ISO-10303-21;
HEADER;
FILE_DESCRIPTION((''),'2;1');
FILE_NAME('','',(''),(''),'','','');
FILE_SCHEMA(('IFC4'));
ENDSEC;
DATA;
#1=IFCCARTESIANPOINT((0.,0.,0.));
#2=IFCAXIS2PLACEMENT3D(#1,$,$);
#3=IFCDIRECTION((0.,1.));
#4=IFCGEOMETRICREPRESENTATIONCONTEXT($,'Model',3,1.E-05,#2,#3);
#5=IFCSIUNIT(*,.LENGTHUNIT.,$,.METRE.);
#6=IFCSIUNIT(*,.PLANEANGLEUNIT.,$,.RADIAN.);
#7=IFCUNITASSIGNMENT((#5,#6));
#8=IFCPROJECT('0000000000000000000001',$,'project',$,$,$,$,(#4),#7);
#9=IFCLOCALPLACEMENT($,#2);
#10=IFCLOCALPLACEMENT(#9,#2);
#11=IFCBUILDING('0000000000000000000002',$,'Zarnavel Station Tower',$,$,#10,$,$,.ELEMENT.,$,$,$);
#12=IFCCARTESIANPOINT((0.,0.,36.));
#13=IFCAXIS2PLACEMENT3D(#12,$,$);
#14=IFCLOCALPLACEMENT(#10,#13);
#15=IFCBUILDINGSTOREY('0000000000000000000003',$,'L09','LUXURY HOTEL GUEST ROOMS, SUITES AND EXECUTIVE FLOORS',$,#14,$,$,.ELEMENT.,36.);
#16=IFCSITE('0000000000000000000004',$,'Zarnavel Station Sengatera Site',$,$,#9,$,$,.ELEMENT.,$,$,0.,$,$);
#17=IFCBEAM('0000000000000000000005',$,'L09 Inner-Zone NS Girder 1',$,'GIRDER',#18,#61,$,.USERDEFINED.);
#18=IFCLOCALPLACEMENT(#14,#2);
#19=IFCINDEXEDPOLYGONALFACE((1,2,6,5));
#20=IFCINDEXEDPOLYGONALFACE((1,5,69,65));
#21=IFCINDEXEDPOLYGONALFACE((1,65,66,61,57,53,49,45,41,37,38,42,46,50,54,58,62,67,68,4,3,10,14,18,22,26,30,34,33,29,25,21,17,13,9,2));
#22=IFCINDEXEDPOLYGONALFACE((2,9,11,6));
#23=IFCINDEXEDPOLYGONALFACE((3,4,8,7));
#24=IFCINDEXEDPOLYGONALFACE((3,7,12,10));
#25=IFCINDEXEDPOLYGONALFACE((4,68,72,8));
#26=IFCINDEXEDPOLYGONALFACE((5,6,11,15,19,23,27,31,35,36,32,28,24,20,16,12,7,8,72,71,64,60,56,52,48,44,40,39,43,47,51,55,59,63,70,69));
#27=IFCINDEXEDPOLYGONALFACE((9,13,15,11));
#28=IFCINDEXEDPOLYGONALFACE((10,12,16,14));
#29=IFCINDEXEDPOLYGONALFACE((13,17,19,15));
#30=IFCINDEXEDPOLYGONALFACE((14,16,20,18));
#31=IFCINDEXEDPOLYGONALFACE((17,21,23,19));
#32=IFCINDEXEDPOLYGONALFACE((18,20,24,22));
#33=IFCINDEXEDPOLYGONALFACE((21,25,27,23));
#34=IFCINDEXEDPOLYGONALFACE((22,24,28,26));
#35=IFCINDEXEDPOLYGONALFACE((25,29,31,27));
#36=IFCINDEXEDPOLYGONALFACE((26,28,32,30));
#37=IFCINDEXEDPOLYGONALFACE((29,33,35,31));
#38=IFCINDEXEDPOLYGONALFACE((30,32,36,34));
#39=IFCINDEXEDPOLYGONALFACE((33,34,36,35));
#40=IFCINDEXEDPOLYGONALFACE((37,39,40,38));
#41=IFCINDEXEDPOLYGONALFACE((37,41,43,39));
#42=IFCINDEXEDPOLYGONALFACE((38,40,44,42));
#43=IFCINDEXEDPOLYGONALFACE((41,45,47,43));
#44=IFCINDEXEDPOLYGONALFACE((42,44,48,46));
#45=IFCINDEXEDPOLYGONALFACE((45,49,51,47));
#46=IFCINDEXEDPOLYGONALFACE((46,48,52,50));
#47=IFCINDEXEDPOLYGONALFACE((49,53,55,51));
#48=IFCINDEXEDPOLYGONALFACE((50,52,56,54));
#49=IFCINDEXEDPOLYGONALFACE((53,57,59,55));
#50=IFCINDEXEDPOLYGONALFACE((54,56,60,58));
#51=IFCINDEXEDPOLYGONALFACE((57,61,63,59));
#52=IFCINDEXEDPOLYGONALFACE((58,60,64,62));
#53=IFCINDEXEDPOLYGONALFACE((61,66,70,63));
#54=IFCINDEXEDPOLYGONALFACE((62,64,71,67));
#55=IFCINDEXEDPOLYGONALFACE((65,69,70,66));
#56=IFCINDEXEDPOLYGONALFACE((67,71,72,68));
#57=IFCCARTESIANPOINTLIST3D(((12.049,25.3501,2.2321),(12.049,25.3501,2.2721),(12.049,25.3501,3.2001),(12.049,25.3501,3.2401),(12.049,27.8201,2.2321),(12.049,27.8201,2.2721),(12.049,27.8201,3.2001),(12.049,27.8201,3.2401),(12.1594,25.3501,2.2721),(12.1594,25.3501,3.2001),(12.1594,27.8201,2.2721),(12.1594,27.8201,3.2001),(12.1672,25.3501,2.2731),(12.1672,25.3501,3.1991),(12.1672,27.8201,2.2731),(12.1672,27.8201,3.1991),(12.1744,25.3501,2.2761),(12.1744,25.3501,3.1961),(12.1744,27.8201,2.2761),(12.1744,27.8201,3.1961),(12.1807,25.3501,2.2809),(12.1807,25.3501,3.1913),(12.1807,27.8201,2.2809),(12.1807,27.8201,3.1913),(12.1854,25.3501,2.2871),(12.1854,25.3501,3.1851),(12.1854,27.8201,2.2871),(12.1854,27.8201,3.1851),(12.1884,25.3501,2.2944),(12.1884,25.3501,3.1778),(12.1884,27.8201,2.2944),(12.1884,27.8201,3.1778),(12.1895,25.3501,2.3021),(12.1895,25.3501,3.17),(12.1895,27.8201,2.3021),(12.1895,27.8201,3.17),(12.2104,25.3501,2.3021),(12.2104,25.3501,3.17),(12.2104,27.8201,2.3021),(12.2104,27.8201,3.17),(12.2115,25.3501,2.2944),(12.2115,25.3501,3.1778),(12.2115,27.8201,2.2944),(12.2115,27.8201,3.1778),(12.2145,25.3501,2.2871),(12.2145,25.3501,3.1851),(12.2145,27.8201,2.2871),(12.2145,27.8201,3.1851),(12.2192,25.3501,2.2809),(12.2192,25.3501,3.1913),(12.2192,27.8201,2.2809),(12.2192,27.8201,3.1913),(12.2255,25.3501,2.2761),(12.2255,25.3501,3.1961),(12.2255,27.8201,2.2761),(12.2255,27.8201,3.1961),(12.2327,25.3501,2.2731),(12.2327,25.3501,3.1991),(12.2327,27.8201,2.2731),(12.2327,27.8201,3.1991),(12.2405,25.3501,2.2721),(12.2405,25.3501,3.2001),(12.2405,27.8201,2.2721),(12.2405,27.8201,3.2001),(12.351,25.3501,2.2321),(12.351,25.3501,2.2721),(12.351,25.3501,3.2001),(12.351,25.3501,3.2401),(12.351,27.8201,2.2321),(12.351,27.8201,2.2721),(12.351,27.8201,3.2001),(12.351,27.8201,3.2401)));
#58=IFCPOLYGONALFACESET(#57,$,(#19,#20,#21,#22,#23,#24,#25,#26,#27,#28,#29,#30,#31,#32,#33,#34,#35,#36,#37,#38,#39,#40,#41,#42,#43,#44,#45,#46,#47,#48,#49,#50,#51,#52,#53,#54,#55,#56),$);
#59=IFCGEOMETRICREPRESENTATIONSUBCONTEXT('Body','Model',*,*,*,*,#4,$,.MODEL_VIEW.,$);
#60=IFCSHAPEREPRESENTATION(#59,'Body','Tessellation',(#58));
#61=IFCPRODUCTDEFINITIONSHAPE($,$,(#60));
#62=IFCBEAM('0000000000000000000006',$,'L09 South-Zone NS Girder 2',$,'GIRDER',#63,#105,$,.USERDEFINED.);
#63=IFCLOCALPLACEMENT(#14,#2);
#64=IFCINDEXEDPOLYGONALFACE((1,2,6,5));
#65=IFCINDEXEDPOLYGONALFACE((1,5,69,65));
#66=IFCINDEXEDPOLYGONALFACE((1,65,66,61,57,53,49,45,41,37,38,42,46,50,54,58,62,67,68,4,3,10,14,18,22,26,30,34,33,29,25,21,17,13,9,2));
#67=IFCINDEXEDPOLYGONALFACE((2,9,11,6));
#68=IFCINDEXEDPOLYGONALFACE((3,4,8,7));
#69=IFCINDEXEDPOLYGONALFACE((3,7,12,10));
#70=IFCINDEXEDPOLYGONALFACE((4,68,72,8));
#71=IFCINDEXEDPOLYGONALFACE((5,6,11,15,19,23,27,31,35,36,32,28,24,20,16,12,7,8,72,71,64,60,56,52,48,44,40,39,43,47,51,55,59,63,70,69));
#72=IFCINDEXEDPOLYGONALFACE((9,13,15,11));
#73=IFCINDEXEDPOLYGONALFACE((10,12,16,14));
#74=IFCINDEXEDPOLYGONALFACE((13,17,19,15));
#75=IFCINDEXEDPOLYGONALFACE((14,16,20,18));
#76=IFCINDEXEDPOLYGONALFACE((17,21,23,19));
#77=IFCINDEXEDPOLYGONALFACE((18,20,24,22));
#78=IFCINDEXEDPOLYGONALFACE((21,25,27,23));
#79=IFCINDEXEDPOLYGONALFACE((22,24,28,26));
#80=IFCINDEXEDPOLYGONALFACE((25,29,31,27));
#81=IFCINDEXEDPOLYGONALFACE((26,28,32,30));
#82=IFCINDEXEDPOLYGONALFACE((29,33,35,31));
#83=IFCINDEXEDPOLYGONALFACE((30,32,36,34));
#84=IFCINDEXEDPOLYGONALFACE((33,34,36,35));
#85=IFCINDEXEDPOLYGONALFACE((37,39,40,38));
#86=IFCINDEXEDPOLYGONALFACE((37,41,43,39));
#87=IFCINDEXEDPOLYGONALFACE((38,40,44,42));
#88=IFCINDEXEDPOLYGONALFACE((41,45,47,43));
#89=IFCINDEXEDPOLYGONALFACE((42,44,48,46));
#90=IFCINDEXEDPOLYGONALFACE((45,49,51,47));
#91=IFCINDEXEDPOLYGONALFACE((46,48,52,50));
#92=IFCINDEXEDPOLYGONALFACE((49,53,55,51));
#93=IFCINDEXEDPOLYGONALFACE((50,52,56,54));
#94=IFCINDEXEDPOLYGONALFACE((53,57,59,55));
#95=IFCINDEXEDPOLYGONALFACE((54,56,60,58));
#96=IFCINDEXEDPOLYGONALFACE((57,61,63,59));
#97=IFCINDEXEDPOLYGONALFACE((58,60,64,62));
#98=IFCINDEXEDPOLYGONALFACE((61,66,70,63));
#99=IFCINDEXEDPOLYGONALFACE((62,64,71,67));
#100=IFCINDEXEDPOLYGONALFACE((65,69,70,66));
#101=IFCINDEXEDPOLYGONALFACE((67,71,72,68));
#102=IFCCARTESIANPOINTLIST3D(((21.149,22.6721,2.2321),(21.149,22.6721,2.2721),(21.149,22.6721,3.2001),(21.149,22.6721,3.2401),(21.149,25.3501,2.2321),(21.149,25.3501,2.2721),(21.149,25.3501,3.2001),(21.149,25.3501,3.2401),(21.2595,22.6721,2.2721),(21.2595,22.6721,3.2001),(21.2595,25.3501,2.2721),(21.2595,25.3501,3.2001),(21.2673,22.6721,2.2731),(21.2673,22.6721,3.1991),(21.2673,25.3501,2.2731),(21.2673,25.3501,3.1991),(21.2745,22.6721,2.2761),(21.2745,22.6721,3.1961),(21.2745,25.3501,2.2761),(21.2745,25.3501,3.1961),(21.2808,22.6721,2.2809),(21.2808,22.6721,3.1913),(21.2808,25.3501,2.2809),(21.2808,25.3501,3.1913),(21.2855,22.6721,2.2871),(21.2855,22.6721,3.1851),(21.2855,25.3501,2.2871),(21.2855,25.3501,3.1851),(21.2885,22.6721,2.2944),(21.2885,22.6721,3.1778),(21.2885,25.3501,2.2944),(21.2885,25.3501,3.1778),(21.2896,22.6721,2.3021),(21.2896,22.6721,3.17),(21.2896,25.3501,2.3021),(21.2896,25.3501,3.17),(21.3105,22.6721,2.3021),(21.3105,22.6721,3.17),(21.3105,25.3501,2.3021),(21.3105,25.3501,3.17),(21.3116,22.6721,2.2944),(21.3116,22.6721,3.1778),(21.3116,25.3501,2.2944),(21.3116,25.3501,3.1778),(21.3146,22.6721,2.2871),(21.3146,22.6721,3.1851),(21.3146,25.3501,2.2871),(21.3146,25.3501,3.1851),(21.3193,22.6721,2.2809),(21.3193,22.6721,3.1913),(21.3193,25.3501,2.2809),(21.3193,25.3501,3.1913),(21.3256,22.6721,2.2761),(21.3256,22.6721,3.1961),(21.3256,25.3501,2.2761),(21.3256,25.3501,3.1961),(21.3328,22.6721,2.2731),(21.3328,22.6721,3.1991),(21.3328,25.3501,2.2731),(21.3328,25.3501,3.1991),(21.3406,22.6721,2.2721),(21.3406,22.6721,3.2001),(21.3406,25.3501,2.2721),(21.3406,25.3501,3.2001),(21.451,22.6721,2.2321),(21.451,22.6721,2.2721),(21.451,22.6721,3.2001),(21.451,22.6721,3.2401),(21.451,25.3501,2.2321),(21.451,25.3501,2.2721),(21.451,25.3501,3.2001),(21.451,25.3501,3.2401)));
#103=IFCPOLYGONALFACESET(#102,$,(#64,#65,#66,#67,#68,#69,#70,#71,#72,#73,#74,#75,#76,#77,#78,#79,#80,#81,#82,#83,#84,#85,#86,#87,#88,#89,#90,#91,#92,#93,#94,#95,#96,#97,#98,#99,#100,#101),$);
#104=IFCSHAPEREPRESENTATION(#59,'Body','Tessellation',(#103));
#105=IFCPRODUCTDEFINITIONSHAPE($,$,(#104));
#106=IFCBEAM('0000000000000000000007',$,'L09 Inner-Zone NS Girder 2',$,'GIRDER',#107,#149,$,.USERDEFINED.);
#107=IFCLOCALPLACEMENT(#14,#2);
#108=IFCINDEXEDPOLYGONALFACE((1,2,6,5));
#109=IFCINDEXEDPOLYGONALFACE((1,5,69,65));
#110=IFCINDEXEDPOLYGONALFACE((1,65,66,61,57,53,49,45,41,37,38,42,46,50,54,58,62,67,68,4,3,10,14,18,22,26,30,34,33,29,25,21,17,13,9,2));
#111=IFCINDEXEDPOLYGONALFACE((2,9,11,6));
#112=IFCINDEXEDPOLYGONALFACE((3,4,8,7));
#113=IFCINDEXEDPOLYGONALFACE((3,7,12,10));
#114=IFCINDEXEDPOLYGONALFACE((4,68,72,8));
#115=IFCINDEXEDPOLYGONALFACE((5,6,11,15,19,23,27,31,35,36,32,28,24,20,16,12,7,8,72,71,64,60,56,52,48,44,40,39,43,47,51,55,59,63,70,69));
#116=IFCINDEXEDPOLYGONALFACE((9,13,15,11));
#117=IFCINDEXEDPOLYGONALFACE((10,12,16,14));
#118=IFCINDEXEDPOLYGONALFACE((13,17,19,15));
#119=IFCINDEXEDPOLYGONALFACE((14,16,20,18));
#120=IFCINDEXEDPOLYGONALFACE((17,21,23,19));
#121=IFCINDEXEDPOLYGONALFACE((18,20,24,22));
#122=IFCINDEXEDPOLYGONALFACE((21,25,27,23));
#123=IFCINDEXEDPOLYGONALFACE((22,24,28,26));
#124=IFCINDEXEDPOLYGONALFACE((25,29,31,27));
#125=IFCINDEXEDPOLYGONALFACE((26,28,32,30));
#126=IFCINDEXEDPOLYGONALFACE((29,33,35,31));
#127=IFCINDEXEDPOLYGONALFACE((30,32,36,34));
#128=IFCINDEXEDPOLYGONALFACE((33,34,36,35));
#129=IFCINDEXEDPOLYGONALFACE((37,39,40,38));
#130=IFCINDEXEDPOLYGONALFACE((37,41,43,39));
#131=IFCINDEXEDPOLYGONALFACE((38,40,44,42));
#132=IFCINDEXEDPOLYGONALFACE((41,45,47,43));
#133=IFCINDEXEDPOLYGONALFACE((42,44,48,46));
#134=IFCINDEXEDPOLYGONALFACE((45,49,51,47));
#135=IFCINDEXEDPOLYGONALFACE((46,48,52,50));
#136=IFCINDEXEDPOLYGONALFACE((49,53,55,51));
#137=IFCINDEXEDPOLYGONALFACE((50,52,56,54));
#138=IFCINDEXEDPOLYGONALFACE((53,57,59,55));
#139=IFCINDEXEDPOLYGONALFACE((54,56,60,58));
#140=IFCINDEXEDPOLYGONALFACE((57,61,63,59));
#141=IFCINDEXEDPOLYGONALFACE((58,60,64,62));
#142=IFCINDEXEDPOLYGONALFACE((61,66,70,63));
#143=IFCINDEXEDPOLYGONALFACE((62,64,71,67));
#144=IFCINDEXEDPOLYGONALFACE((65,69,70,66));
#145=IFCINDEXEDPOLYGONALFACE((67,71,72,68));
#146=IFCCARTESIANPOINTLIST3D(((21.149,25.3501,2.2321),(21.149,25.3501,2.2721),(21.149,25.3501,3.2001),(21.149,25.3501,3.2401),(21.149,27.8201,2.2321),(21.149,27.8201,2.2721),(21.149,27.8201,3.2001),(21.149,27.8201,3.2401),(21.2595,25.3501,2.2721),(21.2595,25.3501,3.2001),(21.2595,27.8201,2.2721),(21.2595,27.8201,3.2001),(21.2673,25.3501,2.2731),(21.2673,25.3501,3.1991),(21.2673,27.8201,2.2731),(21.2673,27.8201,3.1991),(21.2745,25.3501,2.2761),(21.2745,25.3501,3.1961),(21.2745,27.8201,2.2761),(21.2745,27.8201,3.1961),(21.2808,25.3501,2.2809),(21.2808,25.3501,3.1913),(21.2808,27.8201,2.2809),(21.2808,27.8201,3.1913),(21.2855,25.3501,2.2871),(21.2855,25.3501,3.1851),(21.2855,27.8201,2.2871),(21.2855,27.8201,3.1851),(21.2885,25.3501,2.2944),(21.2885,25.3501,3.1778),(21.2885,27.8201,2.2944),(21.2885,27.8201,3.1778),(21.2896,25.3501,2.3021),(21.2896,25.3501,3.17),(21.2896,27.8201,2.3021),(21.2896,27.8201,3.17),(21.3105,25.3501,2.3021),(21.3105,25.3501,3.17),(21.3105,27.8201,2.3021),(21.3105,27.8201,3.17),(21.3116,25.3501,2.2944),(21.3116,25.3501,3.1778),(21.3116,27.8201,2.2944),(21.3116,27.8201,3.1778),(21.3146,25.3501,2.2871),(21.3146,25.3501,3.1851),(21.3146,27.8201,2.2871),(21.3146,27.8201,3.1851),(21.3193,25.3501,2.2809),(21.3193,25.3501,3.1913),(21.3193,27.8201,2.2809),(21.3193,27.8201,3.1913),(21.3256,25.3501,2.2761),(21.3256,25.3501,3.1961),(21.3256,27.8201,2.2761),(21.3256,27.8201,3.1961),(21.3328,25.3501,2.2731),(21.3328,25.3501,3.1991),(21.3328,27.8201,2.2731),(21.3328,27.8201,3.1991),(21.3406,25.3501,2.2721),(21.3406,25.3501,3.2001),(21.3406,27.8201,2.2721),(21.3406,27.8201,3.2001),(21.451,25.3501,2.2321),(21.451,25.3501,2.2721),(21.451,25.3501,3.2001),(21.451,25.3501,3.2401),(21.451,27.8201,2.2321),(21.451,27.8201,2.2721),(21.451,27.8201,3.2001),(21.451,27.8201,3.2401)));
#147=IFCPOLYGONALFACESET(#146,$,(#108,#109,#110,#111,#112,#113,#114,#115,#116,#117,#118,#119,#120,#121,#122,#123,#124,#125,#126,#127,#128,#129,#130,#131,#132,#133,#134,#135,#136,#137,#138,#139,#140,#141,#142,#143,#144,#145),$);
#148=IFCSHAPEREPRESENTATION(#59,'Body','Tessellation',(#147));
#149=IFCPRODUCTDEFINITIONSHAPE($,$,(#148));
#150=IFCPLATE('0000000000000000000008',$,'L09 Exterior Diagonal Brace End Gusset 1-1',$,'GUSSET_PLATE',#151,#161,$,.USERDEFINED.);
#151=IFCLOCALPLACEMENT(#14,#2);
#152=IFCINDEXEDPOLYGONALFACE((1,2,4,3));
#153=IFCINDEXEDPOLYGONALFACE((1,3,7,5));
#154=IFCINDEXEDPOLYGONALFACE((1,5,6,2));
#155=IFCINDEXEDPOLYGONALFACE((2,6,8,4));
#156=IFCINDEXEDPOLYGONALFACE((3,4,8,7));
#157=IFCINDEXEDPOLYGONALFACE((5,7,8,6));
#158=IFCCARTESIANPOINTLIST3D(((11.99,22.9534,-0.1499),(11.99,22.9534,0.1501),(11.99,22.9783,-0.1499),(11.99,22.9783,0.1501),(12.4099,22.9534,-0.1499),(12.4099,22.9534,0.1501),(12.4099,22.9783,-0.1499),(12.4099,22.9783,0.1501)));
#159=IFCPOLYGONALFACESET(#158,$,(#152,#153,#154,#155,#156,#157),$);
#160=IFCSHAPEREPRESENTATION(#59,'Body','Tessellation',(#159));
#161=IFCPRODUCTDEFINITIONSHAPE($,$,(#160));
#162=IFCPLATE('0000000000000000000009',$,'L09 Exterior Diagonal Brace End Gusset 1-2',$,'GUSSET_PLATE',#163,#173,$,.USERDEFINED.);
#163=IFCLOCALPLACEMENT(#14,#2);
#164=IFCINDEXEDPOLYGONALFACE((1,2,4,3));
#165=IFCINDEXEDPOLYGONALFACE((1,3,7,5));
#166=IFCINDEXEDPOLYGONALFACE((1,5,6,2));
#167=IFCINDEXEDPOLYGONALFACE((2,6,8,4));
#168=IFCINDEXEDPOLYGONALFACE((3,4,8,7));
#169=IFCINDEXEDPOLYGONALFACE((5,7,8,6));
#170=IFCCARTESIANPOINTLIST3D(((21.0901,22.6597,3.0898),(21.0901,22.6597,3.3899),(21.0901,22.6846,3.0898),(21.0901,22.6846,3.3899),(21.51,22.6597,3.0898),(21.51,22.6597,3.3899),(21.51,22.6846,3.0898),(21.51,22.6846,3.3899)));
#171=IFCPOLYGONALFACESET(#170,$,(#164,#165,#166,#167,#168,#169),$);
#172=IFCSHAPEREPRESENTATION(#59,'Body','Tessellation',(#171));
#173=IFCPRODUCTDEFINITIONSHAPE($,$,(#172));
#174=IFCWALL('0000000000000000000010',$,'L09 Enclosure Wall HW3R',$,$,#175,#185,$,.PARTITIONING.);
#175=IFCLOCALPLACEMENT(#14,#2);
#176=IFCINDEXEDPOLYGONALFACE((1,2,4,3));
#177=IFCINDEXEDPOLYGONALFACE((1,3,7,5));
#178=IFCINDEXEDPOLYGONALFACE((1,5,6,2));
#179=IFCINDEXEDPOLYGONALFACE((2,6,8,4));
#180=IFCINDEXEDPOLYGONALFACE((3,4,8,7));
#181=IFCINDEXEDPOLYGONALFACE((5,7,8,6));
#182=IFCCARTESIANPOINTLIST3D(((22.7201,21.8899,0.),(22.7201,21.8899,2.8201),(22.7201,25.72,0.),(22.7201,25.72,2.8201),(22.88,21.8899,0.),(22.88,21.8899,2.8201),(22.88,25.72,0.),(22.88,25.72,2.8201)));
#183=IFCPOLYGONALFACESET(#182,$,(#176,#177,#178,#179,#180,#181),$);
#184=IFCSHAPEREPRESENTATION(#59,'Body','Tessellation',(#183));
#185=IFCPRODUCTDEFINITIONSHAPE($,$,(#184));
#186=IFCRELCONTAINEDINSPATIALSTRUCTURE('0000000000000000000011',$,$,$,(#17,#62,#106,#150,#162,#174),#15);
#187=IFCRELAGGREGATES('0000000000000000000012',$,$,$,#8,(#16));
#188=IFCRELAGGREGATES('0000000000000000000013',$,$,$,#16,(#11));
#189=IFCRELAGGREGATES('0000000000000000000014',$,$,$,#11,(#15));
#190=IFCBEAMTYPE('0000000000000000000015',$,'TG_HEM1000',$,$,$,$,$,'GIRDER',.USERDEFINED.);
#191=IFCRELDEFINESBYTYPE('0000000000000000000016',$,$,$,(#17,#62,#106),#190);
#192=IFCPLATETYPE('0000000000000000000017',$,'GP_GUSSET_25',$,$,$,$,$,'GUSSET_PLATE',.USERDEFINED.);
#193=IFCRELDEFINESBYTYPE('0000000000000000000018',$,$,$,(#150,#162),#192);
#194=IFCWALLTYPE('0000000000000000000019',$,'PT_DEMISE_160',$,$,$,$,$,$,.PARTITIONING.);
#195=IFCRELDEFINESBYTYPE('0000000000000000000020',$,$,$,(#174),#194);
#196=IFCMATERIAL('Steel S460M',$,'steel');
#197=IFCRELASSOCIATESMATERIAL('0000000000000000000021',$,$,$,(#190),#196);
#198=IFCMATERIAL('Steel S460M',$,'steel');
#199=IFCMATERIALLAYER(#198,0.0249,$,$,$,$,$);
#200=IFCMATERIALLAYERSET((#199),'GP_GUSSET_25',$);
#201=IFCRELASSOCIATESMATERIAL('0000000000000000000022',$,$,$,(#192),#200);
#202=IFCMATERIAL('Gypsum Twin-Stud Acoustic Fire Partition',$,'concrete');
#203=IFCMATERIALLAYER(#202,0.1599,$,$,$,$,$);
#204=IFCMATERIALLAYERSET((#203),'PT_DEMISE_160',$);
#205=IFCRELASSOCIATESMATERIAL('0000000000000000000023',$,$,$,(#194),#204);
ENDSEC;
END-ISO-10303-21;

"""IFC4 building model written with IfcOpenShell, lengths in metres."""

from ifc_helpers import new_model, si_unit, direction, frame, frame_2d, origin, origin_2d, place, context, subcontext, project, spatial, rectangle, i_section, extrude, material, layer, layer_set, material_profile, profile_set, type_object, element, save


model = new_model("IFC4")

# Units and contexts
model_context = context("Model", 3, precision=1e-05, world=origin(), true_north=direction((0.0, 1.0)))
body_context = subcontext(model_context, "Body", "Model", "MODEL_VIEW")
ifc_project = project(units=[si_unit("LENGTHUNIT", "METRE"), si_unit("PLANEANGLEUNIT", "RADIAN")], contexts=[model_context])

# Site, building, storey
site_placement = place(None, origin())
site = spatial("IfcSite", under=ifc_project, at=site_placement, Name="Zarnavel Station Sengatera Site", CompositionType="ELEMENT", RefElevation=0.0)
building_placement = place(site_placement, origin())
building = spatial("IfcBuilding", under=site, at=building_placement, Name="Zarnavel Station Tower", CompositionType="ELEMENT")
storey_placement = place(building_placement, frame((0.0, 0.0, 36.0)))
storey = spatial("IfcBuildingStorey", under=building, at=storey_placement, Name="L09", Description="LUXURY HOTEL GUEST ROOMS, SUITES AND EXECUTIVE FLOORS", CompositionType="ELEMENT", Elevation=36.0)

# Beams
ifc_material_1 = material(Name="Steel S460M", Category="steel")
ifc_material_profile_1 = material_profile(ifc_material_1, i_section(OverallWidth=0.302, OverallDepth=1.0081, WebThickness=0.021, FlangeThickness=0.04, FilletRadius=0.03, at=origin_2d()), Name="HEM1000")
ifc_profile_set_1 = profile_set([ifc_material_profile_1], Name="Steel S460M")
beam_type_1 = type_object("IfcBeamType", Name="TG_HEM1000", ElementType="GIRDER", PredefinedType="USERDEFINED", material=ifc_profile_set_1)
beam_1_placement = place(storey_placement, frame((12.2, 25.3501, 2.7361), z_axis=(0.0, 1.0, 0.0), x_axis=(-1.0, 0.0, 0.0)))
element("IfcBeam", 1, at=beam_1_placement, inside=storey, type_object=beam_type_1, Name="L09 Inner-Zone NS Girder 1", ObjectType="GIRDER", PredefinedType="USERDEFINED", context=body_context, shape_type="SweptSolid", body=[
    extrude(i_section(OverallWidth=0.302, OverallDepth=1.0081, WebThickness=0.021, FlangeThickness=0.04, FilletRadius=0.03, at=origin_2d()), origin(), (0.0, 0.0, 1.0), 2.47),
])
beam_2_placement = place(storey_placement, frame((21.3, 22.6721, 2.7361), z_axis=(0.0, 1.0, 0.0), x_axis=(-1.0, 0.0, 0.0)))
element("IfcBeam", 2, at=beam_2_placement, inside=storey, type_object=beam_type_1, Name="L09 South-Zone NS Girder 2", ObjectType="GIRDER", PredefinedType="USERDEFINED", context=body_context, shape_type="SweptSolid", body=[
    extrude(i_section(OverallWidth=0.302, OverallDepth=1.0081, WebThickness=0.021, FlangeThickness=0.04, FilletRadius=0.03, at=origin_2d()), origin(), (0.0, 0.0, 1.0), 2.678),
])
beam_3_placement = place(storey_placement, frame((21.3, 25.3501, 2.7361), z_axis=(0.0, 1.0, 0.0), x_axis=(-1.0, 0.0, 0.0)))
element("IfcBeam", 3, at=beam_3_placement, inside=storey, type_object=beam_type_1, Name="L09 Inner-Zone NS Girder 2", ObjectType="GIRDER", PredefinedType="USERDEFINED", context=body_context, shape_type="SweptSolid", body=[
    extrude(i_section(OverallWidth=0.302, OverallDepth=1.0081, WebThickness=0.021, FlangeThickness=0.04, FilletRadius=0.03, at=origin_2d()), origin(), (0.0, 0.0, 1.0), 2.47),
])

# Plates
ifc_material_2 = material(Name="Steel S460M", Category="steel")
ifc_layer_1 = layer(ifc_material_2, 0.0249)
ifc_layer_set_1 = layer_set([ifc_layer_1], Name="GP_GUSSET_25")
plate_type = type_object("IfcPlateType", Name="GP_GUSSET_25", ElementType="GUSSET_PLATE", PredefinedType="USERDEFINED", material=ifc_layer_set_1)
for number, where, z_axis, x_axis, name in (
    (4, (12.2, 22.9658, -0.1499), (0.0, 0.0, 1.0), (1.0, 0.0, 0.0), "L09 Exterior Diagonal Brace End Gusset 1-1"),
    (5, (21.3, 22.6721, 3.0898), (0.0, 0.0, 1.0), (1.0, 0.0, 0.0), "L09 Exterior Diagonal Brace End Gusset 1-2"),
):
    element("IfcPlate", number, at=place(storey_placement, frame(where, z_axis=z_axis, x_axis=x_axis)), inside=storey, type_object=plate_type, Name=name, ObjectType="GUSSET_PLATE", PredefinedType="USERDEFINED", context=body_context, shape_type="SweptSolid", body=[
        extrude(rectangle(XDim=0.4199, YDim=0.0249, at=origin_2d()), origin(), (0.0, 0.0, 1.0), 0.3),
    ])

# Wall
ifc_material_3 = material(Name="Gypsum Twin-Stud Acoustic Fire Partition", Category="concrete")
ifc_layer_2 = layer(ifc_material_3, 0.1599)
ifc_layer_set_2 = layer_set([ifc_layer_2], Name="PT_DEMISE_160")
wall_type_1 = type_object("IfcWallType", Name="PT_DEMISE_160", PredefinedType="PARTITIONING", material=ifc_layer_set_2)
wall_1_placement = place(storey_placement, frame((22.8, 21.8899, 0.0), z_axis=(0.0, 0.0, 1.0), x_axis=(0.0, 1.0, 0.0)))
element("IfcWall", 6, at=wall_1_placement, inside=storey, type_object=wall_type_1, Name="L09 Enclosure Wall HW3R", PredefinedType="PARTITIONING", context=body_context, shape_type="SweptSolid", body=[
    extrude(rectangle(XDim=3.8301, YDim=0.1599, at=frame_2d((1.915, 0.0))), origin(), (0.0, 0.0, 1.0), 2.8201),
])

save(model, "model.ifc")
